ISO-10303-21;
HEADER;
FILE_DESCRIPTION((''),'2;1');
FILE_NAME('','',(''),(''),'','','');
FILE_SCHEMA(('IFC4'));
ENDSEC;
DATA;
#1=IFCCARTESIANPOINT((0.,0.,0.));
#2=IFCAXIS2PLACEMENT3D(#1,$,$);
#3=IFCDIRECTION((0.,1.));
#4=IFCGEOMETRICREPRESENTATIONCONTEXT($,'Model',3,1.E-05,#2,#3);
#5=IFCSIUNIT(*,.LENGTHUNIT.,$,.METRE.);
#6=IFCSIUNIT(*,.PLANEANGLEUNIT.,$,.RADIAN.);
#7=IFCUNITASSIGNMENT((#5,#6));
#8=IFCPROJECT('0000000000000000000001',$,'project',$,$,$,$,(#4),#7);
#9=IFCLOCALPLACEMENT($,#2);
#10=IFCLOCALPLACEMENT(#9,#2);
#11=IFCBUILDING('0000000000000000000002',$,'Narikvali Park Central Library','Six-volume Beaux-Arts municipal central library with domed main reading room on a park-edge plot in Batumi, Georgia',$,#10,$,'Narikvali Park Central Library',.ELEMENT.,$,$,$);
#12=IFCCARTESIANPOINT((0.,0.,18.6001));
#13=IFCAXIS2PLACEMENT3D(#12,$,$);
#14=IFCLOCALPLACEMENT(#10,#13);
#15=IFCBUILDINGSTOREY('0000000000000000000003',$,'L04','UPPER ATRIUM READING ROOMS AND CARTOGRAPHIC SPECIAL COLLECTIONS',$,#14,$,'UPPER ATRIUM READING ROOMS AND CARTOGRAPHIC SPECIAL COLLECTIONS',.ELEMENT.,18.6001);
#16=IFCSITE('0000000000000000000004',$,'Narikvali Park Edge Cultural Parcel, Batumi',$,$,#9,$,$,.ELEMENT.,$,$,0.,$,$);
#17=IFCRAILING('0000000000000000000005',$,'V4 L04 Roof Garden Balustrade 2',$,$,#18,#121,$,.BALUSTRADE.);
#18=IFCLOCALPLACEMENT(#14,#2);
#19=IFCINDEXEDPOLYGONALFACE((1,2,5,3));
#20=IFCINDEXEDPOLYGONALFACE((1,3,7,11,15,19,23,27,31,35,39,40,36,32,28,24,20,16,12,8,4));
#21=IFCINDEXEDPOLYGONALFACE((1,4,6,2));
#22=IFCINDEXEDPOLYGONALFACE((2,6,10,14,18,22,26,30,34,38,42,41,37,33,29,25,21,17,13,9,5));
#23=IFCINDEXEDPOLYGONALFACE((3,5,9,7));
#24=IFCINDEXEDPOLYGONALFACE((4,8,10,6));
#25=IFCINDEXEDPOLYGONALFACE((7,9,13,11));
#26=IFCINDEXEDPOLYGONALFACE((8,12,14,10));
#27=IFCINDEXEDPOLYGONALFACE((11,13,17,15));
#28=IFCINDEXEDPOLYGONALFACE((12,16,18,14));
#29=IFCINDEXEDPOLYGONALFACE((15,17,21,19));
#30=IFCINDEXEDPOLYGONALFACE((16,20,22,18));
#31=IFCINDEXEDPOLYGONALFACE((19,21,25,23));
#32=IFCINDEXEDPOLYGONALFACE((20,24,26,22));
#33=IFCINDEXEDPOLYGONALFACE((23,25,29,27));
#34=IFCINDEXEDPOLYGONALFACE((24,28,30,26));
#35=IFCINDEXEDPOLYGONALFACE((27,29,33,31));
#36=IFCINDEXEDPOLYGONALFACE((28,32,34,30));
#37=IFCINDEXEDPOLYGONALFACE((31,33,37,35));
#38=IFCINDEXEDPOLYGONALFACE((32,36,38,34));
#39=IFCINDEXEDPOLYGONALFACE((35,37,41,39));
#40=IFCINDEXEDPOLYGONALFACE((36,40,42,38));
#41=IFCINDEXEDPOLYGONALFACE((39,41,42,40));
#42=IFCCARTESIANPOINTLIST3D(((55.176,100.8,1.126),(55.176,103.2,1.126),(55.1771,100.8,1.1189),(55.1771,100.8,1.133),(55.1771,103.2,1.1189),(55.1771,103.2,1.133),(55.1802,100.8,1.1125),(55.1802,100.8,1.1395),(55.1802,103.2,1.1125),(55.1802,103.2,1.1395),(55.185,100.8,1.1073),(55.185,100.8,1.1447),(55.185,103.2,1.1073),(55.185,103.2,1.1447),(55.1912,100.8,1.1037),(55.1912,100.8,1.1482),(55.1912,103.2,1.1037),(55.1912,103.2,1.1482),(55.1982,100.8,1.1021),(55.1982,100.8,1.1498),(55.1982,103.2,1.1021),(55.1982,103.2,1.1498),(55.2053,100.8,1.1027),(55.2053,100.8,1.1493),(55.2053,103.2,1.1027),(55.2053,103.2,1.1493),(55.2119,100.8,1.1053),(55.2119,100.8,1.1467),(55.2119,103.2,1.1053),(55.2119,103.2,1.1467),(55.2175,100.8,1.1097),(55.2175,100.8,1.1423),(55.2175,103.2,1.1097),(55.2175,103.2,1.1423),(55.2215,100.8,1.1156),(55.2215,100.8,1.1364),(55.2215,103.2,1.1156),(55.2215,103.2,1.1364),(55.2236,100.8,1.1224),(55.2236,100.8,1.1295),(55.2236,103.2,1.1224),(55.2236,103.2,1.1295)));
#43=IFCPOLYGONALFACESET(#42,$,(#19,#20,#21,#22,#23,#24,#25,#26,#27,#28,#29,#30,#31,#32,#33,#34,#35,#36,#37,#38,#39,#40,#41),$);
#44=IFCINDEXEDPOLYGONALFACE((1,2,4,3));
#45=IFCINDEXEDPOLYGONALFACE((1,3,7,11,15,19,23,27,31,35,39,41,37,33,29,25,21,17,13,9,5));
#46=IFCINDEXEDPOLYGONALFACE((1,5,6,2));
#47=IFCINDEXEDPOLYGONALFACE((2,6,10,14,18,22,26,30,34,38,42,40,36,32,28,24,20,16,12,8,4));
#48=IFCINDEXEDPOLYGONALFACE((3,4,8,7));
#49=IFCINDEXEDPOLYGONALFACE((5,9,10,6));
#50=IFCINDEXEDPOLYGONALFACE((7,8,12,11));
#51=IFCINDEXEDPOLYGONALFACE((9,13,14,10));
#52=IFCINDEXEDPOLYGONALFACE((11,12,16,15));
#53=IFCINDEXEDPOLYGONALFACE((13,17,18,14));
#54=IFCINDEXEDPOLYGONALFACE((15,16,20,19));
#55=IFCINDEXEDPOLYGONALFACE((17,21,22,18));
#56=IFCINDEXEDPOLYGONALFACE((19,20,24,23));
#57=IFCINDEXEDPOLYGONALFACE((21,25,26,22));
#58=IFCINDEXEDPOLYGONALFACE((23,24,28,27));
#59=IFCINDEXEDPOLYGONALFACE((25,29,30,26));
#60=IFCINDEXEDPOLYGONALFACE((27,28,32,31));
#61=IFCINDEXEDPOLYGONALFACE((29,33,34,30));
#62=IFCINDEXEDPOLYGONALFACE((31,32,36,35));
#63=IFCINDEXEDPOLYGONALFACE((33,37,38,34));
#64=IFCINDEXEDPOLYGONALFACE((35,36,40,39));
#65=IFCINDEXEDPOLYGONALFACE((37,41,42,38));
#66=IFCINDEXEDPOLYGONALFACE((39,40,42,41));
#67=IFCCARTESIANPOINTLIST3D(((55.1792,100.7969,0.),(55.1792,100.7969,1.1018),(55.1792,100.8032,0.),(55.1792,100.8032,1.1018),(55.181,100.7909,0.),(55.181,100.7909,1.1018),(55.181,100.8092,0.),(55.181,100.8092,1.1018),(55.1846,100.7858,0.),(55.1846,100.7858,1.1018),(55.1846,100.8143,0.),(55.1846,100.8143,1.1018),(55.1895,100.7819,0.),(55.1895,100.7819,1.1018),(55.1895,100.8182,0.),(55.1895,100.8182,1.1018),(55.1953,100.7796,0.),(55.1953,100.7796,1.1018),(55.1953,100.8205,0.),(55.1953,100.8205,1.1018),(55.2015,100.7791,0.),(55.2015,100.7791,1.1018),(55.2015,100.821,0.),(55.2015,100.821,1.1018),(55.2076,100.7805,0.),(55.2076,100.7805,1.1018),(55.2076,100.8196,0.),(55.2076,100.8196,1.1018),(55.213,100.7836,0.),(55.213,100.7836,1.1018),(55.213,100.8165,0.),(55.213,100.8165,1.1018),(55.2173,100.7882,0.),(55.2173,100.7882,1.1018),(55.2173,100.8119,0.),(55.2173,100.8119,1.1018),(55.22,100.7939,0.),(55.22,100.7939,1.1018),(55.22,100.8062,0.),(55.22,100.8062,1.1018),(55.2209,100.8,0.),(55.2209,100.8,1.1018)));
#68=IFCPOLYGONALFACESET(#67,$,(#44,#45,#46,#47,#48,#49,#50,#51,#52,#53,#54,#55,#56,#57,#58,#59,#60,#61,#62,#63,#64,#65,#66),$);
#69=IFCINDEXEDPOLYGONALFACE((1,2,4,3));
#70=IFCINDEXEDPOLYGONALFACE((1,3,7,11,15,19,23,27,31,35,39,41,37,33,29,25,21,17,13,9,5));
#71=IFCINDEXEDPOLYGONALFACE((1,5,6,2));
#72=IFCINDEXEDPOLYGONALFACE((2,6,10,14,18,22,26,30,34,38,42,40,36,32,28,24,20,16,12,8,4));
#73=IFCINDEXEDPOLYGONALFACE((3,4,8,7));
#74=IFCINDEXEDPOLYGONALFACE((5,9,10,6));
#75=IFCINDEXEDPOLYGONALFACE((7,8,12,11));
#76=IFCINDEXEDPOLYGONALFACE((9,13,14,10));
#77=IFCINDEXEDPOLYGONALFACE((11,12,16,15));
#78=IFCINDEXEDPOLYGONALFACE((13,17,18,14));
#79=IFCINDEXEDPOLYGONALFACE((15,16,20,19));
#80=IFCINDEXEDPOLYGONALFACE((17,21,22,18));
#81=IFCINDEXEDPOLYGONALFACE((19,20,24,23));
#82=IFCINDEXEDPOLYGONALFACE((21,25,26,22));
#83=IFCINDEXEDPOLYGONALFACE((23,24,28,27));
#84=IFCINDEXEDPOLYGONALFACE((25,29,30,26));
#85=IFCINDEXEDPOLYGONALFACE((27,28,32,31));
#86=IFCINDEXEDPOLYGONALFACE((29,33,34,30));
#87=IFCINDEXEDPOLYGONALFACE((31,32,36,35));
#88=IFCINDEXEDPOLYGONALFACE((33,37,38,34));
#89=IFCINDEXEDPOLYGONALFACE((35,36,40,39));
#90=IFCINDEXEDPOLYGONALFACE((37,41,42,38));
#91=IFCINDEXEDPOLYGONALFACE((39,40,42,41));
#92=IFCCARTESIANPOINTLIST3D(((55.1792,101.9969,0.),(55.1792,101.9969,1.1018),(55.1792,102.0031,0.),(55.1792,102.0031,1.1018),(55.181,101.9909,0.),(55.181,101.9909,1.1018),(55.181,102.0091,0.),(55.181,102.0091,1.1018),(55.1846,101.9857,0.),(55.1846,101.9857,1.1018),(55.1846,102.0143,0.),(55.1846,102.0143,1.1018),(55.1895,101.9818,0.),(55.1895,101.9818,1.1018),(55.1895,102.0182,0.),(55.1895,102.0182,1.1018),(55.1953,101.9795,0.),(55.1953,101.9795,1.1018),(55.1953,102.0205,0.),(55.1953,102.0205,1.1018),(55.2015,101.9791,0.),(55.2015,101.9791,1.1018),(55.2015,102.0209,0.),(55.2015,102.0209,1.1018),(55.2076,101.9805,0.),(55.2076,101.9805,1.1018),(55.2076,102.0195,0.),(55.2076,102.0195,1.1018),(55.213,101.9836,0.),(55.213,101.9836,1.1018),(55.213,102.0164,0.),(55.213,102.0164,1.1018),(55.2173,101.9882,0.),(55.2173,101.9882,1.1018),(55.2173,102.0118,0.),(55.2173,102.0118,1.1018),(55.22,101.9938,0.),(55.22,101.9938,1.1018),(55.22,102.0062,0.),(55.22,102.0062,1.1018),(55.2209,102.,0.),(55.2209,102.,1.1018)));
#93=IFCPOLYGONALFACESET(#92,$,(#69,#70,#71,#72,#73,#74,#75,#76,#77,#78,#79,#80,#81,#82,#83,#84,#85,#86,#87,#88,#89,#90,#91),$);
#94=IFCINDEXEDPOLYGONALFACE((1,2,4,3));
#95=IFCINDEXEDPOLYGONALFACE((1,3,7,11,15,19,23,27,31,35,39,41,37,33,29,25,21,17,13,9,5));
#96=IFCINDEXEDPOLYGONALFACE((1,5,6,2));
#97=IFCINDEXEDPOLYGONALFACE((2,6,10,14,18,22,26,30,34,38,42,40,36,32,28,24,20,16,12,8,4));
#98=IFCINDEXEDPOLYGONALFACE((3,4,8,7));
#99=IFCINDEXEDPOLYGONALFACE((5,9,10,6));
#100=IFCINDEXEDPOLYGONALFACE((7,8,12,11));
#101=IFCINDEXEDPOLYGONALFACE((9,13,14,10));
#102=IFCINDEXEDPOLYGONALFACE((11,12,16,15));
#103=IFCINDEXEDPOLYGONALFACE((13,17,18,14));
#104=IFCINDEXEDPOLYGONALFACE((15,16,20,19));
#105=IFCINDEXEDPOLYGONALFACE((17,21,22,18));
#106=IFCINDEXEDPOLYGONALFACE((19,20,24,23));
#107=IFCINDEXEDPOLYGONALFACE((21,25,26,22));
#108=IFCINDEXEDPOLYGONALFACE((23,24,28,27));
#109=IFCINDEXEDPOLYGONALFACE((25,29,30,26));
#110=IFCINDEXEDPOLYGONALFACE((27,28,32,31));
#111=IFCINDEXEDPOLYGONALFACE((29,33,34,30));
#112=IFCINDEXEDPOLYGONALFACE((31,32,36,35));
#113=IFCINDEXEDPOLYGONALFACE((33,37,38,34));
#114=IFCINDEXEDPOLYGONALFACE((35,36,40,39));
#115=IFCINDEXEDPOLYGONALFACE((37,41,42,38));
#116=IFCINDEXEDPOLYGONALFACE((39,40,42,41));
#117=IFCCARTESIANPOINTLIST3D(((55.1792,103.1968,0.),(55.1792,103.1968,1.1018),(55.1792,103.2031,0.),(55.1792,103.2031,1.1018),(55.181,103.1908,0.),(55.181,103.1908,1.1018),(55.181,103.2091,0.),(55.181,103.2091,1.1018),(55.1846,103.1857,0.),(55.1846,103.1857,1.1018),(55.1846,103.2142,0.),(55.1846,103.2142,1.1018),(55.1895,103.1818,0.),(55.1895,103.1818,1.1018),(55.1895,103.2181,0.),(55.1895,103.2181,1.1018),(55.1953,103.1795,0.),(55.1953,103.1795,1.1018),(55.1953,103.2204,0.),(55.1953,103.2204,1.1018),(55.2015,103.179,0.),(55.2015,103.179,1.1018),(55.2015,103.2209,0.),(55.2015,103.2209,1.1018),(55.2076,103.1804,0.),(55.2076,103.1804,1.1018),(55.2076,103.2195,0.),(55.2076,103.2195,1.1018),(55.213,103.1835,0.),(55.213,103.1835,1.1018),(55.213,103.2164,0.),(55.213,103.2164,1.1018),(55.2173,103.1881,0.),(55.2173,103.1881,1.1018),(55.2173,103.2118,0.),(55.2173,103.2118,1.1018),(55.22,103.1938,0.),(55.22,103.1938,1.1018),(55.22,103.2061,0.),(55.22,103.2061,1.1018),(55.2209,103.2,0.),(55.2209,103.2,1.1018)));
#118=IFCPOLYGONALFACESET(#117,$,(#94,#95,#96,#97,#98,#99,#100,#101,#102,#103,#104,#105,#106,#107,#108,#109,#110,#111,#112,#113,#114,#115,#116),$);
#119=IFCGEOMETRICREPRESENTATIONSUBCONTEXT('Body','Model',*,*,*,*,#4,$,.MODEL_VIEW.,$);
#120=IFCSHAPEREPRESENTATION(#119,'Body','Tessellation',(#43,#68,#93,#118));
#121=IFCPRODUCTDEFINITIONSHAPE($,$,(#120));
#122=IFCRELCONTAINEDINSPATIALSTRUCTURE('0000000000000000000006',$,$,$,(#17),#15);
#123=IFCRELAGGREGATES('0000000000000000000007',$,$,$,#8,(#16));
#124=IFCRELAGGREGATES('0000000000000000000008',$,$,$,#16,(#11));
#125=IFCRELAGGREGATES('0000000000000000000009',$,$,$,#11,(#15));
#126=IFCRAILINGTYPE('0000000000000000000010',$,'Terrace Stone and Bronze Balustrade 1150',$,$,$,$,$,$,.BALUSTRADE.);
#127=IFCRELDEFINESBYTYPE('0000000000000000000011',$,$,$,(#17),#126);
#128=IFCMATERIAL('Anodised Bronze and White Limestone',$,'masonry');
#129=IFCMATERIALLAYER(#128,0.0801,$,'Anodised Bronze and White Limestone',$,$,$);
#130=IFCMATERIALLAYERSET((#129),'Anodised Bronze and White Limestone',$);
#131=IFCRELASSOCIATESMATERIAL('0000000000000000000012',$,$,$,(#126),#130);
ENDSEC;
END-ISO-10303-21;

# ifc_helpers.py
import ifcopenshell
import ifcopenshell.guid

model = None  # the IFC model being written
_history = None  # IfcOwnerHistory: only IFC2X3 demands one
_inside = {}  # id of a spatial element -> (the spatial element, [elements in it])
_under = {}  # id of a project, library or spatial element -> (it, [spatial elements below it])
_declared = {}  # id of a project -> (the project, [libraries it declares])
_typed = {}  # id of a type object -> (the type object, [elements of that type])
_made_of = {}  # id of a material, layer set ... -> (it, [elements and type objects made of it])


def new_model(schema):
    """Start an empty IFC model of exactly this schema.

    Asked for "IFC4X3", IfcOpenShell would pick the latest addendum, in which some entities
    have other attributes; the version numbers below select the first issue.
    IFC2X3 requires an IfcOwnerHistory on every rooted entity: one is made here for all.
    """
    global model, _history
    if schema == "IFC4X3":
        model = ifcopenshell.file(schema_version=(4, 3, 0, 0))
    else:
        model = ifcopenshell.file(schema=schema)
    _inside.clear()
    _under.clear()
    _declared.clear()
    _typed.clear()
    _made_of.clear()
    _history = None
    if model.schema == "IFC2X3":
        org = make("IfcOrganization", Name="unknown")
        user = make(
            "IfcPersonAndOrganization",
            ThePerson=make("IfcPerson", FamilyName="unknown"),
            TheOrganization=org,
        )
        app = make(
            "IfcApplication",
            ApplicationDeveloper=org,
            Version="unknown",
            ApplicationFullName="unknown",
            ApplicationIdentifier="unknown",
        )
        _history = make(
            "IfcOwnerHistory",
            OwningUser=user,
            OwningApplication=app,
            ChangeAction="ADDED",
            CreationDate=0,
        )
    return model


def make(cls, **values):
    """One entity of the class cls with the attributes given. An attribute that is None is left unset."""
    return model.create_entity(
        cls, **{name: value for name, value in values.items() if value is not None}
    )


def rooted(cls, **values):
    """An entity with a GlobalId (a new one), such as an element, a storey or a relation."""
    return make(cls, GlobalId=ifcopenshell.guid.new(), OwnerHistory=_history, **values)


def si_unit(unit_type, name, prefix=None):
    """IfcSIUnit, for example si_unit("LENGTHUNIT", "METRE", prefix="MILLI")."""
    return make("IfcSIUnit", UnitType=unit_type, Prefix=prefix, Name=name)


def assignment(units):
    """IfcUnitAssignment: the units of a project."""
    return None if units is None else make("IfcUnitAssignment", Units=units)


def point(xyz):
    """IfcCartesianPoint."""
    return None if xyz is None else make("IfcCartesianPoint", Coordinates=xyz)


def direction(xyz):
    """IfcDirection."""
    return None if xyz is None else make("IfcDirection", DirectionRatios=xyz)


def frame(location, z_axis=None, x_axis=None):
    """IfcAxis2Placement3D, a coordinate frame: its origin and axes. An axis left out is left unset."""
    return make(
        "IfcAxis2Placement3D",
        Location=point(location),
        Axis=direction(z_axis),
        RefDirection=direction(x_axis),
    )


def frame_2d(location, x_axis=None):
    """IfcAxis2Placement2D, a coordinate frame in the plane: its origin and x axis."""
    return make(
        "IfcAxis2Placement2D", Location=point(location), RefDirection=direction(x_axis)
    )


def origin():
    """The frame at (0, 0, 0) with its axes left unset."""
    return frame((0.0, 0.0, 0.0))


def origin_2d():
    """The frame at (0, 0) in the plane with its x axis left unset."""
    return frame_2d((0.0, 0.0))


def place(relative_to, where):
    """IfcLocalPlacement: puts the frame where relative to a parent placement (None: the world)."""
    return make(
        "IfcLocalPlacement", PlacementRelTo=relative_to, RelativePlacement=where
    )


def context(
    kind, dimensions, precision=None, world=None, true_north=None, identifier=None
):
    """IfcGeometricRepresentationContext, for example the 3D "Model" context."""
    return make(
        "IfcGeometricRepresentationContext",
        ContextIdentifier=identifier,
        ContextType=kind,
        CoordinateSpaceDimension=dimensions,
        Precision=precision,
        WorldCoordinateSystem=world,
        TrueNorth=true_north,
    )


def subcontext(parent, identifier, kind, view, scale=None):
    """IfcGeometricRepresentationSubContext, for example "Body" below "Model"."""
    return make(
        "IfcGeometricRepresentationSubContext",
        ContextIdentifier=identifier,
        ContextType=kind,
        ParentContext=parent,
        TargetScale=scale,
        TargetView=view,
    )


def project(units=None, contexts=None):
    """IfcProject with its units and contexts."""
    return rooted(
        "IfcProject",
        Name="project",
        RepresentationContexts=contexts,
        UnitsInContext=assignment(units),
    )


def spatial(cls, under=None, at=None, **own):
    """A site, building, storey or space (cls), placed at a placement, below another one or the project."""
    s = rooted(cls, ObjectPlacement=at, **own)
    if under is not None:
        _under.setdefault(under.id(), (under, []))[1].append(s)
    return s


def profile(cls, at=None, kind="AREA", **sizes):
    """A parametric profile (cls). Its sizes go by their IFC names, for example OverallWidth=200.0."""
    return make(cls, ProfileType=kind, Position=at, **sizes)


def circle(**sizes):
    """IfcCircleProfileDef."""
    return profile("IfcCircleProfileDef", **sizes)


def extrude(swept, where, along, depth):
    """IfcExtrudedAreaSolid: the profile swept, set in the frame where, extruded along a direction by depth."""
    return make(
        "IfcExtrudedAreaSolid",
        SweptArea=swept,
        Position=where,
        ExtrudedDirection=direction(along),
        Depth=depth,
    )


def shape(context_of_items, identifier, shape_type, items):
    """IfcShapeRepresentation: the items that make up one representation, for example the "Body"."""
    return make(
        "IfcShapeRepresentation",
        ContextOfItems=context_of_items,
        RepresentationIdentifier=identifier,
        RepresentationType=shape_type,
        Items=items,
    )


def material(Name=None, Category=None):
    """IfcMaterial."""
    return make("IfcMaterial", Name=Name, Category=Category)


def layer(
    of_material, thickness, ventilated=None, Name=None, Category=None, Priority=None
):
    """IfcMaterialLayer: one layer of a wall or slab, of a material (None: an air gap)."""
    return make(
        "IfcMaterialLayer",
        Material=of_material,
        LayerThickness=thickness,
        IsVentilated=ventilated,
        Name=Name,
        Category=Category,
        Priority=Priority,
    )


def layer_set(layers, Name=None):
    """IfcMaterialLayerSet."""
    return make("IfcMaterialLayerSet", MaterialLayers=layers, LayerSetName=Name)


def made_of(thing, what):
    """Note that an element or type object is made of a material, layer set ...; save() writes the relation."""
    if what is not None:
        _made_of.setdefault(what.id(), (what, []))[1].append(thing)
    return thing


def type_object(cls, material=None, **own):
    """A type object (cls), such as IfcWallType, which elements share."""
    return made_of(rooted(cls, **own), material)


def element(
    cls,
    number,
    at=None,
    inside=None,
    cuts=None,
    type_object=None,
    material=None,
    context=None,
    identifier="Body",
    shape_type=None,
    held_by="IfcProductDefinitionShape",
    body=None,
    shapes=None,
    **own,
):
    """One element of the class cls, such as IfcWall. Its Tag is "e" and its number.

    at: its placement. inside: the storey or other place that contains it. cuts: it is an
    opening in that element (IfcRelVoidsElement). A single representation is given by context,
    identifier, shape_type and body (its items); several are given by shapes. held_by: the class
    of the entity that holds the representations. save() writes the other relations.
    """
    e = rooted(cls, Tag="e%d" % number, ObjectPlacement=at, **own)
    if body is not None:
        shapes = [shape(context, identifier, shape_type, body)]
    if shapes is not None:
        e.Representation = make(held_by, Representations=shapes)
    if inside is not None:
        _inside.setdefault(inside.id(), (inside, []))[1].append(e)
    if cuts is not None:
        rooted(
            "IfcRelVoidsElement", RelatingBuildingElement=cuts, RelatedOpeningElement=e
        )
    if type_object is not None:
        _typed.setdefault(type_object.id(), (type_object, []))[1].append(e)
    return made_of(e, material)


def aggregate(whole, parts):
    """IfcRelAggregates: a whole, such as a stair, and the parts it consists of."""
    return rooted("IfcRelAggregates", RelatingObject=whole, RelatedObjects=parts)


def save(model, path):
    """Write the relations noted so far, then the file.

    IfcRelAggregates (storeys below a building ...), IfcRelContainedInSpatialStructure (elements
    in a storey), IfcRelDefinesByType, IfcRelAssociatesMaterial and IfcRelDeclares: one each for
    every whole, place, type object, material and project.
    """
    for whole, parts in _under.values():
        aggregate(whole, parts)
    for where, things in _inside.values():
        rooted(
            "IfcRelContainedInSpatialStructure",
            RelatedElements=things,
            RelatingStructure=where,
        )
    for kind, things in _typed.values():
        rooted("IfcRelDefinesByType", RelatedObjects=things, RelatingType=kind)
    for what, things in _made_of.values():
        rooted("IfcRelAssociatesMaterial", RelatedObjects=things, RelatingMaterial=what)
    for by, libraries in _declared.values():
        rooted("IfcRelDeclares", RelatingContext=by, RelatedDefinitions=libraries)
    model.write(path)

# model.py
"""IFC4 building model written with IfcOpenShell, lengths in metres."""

from ifc_helpers import new_model, si_unit, direction, frame, origin, origin_2d, place, context, subcontext, project, spatial, circle, extrude, material, layer, layer_set, type_object, element, save


model = new_model("IFC4")

# Units and contexts
model_context = context("Model", 3, precision=1e-05, world=origin(), true_north=direction((0.0, 1.0)))
body_context = subcontext(model_context, "Body", "Model", "MODEL_VIEW")
ifc_project = project(units=[si_unit("LENGTHUNIT", "METRE"), si_unit("PLANEANGLEUNIT", "RADIAN")], contexts=[model_context])

# Site, building, storey
site_placement = place(None, origin())
site = spatial("IfcSite", under=ifc_project, at=site_placement, Name="Narikvali Park Edge Cultural Parcel, Batumi", CompositionType="ELEMENT", RefElevation=0.0)
building_placement = place(site_placement, origin())
building = spatial("IfcBuilding", under=site, at=building_placement, Name="Narikvali Park Central Library", Description="Six-volume Beaux-Arts municipal central library with domed main reading room on a park-edge plot in Batumi, Georgia", LongName="Narikvali Park Central Library", CompositionType="ELEMENT")
storey_placement = place(building_placement, frame((0.0, 0.0, 18.6001)))
storey = spatial("IfcBuildingStorey", under=building, at=storey_placement, Name="L04", Description="UPPER ATRIUM READING ROOMS AND CARTOGRAPHIC SPECIAL COLLECTIONS", LongName="UPPER ATRIUM READING ROOMS AND CARTOGRAPHIC SPECIAL COLLECTIONS", CompositionType="ELEMENT", Elevation=18.6001)

# Railing
ifc_material_1 = material(Name="Anodised Bronze and White Limestone", Category="masonry")
ifc_layer_1 = layer(ifc_material_1, 0.0801, Name="Anodised Bronze and White Limestone")
ifc_layer_set_1 = layer_set([ifc_layer_1], Name="Anodised Bronze and White Limestone")
railing_type_1 = type_object("IfcRailingType", Name="Terrace Stone and Bronze Balustrade 1150", PredefinedType="BALUSTRADE", material=ifc_layer_set_1)
railing_1_placement = place(storey_placement, frame((55.2, 100.8, 0.0)))
element("IfcRailing", 1, at=railing_1_placement, inside=storey, type_object=railing_type_1, Name="V4 L04 Roof Garden Balustrade 2", PredefinedType="BALUSTRADE", context=body_context, shape_type="SweptSolid", body=[
    extrude(circle(Radius=0.0239, at=origin_2d()), frame((0.0, 0.0, 1.126), z_axis=(0.0, 1.0, 0.0), x_axis=(-1.0, 0.0, 0.0)), (0.0, 0.0, 1.0), 2.3999),
    extrude(circle(Radius=0.021, at=origin_2d()), origin(), (0.0, 0.0, 1.0), 1.1018),
    extrude(circle(Radius=0.021, at=origin_2d()), frame((0.0, 1.2, 0.0)), (0.0, 0.0, 1.0), 1.1018),
    extrude(circle(Radius=0.021, at=origin_2d()), frame((0.0, 2.3999, 0.0)), (0.0, 0.0, 1.0), 1.1018),
])

save(model, "model.ifc")
